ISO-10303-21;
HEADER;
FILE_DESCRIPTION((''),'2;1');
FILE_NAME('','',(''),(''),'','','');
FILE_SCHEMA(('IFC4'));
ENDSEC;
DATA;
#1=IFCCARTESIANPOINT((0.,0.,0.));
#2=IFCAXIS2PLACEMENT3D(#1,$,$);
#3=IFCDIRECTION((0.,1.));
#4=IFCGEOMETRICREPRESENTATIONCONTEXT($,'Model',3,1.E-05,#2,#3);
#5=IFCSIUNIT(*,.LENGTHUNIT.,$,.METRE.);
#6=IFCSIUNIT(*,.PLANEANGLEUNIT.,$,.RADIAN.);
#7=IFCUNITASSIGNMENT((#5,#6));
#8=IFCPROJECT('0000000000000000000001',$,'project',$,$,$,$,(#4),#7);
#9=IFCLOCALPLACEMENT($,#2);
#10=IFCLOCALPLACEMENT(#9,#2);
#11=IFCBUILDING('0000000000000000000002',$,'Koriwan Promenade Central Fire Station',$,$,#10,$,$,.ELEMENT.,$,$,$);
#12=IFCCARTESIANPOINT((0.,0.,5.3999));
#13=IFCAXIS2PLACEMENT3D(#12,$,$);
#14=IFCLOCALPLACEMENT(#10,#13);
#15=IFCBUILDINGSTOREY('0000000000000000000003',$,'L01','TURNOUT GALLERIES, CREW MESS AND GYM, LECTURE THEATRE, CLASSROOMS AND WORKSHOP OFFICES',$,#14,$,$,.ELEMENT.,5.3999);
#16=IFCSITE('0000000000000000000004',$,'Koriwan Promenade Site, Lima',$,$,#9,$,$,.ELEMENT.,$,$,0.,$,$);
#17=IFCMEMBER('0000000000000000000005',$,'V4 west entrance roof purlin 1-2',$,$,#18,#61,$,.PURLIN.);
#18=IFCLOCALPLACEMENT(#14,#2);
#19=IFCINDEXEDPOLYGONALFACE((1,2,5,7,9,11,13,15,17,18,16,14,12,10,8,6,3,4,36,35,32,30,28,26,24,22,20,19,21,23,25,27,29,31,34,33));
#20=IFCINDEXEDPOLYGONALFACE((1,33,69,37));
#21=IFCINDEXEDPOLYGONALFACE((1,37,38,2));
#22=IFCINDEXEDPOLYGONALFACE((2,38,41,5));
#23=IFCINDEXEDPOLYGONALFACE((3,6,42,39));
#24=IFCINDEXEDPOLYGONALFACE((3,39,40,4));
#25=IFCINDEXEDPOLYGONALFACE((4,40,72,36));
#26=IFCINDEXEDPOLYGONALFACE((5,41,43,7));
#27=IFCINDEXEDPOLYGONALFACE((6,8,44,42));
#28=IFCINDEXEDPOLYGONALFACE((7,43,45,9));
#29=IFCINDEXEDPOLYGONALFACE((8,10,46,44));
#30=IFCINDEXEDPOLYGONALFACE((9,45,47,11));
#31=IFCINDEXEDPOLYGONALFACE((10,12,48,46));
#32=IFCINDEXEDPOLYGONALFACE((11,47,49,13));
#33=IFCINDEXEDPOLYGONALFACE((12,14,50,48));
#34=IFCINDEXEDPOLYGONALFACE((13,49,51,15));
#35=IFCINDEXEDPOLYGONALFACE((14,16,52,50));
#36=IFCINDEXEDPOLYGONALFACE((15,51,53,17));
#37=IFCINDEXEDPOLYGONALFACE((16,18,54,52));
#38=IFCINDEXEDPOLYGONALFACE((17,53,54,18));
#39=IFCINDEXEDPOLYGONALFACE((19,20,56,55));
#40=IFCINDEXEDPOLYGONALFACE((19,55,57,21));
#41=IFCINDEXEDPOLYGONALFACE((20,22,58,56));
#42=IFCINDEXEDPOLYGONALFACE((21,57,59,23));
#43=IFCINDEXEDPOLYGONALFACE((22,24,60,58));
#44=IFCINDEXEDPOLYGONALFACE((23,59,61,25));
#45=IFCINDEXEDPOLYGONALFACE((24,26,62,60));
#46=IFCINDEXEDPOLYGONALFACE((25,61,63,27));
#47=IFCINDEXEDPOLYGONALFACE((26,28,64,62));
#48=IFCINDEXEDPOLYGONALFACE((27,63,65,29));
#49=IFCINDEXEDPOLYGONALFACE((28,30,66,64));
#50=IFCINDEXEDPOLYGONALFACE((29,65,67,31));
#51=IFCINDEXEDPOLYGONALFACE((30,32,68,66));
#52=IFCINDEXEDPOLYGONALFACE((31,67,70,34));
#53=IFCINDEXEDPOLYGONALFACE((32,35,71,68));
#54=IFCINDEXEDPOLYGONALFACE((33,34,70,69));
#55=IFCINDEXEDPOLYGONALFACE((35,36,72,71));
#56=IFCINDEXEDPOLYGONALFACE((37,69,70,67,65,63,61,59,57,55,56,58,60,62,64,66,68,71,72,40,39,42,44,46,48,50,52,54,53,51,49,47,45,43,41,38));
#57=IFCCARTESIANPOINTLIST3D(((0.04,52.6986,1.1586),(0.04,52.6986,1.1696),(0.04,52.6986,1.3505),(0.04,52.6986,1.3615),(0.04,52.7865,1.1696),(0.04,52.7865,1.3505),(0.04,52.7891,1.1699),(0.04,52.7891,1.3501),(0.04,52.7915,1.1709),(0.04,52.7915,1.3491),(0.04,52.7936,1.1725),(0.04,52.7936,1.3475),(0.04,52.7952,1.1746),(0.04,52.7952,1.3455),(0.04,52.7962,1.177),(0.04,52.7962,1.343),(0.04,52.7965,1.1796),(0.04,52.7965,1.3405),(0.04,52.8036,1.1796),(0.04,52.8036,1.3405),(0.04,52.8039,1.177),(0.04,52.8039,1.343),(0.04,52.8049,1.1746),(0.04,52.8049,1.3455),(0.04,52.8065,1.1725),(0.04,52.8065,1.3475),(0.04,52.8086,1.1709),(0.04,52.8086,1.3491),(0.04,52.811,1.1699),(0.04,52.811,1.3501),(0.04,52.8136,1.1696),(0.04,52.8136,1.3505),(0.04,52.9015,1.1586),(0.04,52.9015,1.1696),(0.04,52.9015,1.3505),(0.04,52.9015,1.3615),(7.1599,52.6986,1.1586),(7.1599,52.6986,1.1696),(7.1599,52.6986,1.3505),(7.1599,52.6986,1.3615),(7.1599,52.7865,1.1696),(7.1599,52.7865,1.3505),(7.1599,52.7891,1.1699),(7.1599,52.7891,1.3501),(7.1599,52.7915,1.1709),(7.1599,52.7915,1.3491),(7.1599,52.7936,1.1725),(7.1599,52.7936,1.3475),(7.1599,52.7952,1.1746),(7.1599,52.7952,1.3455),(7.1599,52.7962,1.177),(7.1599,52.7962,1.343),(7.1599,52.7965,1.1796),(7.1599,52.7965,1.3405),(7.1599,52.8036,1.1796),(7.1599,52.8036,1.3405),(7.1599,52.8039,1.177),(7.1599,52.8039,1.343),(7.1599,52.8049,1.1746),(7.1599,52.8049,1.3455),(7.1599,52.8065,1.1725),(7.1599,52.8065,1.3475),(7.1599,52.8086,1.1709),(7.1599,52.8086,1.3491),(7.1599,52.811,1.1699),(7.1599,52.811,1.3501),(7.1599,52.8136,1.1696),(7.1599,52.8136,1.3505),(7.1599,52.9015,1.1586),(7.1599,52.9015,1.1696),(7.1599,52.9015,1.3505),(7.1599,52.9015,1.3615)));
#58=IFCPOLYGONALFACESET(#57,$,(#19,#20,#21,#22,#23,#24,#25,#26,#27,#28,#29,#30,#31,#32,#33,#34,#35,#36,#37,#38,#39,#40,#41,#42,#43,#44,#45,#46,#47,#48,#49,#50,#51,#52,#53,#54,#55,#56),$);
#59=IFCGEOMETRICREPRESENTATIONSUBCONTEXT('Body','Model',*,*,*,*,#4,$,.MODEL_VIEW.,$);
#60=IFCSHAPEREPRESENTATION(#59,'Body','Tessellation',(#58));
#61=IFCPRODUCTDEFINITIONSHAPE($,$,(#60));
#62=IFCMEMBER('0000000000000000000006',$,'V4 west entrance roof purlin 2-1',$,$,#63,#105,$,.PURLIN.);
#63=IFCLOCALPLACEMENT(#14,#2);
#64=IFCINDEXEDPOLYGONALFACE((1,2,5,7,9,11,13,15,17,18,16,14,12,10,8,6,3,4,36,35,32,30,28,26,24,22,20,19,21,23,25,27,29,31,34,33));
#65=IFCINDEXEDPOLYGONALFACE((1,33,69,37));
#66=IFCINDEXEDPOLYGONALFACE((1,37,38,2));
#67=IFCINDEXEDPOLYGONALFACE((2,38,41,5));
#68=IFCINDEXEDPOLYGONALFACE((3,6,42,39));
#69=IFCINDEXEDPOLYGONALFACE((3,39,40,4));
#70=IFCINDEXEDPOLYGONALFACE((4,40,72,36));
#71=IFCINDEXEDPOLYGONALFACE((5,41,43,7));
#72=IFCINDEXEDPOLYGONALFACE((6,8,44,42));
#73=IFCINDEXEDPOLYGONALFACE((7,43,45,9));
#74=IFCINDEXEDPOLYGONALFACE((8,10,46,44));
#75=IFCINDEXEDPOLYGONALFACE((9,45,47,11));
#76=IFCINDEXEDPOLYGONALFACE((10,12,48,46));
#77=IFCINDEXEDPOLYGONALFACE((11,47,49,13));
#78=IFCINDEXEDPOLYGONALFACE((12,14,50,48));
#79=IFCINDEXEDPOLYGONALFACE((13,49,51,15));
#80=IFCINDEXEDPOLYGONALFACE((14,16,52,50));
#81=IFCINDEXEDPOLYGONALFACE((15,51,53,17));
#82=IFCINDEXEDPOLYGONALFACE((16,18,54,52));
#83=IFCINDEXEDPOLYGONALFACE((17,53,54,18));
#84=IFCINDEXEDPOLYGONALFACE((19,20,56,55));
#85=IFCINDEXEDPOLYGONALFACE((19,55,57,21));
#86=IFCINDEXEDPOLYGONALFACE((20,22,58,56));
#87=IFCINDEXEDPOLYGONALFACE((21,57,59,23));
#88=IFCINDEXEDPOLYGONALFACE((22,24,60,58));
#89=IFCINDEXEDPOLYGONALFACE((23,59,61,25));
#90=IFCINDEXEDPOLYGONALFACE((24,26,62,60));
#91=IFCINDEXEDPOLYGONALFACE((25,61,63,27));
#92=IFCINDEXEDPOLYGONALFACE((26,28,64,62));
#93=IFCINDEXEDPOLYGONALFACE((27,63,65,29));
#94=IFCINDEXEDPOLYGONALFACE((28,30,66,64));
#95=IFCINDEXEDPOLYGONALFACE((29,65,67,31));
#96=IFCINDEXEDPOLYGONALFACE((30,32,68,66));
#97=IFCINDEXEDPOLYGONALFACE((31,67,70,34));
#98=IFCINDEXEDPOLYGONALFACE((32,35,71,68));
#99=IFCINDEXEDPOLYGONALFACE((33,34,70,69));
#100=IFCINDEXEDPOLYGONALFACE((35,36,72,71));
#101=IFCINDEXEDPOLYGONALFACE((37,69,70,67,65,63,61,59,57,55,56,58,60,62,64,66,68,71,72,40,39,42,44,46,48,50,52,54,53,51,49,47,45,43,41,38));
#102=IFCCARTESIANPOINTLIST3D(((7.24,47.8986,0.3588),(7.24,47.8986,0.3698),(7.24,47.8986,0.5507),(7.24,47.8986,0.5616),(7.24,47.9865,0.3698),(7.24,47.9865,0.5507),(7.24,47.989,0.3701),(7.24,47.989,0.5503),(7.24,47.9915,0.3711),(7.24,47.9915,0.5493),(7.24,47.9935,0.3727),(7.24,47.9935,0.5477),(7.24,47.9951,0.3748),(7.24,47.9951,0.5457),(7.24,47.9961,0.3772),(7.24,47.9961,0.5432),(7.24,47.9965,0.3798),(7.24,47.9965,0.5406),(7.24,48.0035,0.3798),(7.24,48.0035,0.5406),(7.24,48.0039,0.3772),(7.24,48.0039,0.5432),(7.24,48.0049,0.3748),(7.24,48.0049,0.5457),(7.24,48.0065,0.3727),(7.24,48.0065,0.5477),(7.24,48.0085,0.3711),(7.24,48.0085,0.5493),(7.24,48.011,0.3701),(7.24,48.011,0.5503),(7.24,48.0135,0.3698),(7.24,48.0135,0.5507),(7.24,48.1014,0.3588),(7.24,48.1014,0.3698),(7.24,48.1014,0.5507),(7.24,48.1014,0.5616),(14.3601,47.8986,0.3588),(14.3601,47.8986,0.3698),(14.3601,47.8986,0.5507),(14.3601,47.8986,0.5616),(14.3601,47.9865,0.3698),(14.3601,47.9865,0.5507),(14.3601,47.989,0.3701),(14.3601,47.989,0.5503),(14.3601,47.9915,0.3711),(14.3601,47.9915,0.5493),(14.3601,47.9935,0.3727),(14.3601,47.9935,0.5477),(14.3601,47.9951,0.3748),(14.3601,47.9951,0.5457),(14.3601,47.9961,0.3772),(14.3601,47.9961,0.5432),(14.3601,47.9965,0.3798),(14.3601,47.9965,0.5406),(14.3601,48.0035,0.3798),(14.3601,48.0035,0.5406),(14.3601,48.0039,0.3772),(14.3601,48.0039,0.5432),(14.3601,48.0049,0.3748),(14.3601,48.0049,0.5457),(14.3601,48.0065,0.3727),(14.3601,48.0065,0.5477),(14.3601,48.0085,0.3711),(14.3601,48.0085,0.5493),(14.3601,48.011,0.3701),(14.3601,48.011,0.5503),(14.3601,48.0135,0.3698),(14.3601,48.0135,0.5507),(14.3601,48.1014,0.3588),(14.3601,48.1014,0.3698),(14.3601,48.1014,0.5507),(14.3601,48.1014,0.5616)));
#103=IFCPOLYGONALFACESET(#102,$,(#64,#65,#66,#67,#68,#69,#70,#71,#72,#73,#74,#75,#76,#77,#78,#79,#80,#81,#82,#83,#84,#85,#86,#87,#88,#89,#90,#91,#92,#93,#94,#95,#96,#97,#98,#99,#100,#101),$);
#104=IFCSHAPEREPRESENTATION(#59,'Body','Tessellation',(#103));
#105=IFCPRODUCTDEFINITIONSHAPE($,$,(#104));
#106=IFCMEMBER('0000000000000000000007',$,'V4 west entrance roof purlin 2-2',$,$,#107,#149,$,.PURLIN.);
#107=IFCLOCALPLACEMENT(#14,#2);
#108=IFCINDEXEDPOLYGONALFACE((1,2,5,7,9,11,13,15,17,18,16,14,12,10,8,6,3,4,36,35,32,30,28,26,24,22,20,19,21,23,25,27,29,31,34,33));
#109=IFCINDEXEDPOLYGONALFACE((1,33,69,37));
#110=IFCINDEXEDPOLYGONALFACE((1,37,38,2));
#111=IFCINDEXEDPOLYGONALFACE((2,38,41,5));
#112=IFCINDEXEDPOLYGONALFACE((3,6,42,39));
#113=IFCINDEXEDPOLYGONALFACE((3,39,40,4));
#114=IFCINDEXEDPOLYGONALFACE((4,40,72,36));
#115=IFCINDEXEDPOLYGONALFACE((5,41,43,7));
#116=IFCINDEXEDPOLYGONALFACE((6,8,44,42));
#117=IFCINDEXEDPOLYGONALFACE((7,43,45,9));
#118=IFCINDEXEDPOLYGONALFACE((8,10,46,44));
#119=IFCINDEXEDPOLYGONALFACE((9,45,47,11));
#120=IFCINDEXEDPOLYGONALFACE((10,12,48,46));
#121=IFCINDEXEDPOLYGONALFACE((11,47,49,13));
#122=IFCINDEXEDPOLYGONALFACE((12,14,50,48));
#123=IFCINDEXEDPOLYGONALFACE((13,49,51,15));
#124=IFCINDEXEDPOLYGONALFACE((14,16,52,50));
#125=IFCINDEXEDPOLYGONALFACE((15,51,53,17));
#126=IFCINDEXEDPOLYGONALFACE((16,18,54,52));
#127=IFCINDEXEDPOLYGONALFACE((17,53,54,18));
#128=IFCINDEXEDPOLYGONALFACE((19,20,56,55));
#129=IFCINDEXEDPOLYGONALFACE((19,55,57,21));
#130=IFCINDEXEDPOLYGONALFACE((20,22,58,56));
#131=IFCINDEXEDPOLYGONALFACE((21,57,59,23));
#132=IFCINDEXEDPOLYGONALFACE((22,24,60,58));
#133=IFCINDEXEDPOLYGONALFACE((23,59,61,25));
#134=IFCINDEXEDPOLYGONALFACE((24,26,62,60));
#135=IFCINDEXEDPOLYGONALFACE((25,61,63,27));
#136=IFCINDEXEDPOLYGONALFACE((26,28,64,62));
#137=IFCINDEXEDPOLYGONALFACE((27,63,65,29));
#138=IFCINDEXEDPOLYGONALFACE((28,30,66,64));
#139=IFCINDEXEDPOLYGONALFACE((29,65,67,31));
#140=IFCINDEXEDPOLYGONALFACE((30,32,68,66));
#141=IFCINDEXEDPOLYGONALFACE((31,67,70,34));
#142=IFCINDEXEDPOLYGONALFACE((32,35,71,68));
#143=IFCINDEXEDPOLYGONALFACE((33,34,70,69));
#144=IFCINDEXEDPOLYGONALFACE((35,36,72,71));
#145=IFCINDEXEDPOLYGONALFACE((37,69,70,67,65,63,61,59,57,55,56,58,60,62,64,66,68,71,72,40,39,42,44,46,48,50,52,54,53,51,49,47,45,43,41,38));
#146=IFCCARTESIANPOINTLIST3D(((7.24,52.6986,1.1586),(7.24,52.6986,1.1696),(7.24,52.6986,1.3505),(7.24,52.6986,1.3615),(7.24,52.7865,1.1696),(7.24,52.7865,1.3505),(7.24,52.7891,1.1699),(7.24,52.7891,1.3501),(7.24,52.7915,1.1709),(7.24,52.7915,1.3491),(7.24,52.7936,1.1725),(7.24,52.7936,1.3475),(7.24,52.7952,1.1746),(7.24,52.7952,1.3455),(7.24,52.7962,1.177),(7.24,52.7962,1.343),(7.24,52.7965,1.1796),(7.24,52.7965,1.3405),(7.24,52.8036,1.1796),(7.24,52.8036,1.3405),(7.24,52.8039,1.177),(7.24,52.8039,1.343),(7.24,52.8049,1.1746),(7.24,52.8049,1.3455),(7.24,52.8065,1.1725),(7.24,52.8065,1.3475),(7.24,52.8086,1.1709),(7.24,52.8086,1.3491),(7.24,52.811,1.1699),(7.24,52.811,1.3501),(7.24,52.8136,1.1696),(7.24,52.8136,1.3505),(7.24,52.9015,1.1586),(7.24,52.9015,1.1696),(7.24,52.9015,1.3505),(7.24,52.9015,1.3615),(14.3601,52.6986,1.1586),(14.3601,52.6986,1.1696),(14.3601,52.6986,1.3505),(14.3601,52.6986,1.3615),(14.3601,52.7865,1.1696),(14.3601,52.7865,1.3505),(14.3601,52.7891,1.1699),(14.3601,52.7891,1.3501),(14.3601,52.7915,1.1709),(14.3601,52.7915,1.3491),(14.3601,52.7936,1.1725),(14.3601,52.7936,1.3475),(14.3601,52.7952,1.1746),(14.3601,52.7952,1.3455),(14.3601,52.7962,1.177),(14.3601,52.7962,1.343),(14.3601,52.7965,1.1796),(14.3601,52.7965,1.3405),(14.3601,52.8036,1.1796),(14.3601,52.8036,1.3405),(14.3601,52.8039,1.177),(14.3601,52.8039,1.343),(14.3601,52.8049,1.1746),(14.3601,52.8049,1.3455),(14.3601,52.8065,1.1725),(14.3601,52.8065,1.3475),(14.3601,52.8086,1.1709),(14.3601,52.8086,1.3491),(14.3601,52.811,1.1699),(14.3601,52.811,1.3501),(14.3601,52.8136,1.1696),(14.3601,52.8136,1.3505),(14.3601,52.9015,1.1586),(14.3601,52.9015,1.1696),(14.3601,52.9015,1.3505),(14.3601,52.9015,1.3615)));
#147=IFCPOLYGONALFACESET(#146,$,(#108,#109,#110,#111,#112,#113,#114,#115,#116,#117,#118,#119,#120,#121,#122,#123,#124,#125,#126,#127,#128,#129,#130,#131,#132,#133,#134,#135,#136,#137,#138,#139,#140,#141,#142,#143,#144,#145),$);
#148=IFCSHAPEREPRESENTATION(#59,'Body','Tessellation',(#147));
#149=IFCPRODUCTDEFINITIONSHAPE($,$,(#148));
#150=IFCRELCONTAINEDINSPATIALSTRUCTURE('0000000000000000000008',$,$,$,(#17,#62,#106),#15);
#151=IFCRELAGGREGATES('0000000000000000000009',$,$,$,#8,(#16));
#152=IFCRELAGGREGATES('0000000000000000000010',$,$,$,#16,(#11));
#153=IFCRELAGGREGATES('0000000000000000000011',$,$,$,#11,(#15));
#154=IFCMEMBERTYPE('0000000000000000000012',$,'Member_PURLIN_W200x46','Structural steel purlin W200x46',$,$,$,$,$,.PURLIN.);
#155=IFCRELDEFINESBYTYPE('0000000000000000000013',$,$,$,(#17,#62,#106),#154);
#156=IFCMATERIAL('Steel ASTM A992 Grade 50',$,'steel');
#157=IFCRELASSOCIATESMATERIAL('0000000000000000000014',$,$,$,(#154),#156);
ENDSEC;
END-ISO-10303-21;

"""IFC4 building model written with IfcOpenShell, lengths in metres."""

from ifc_helpers import new_model, si_unit, direction, frame, origin, origin_2d, place, context, subcontext, project, spatial, i_section, extrude, material, material_profile, profile_set, type_object, element, save


model = new_model("IFC4")

# Units and contexts
model_context = context("Model", 3, precision=1e-05, world=origin(), true_north=direction((0.0, 1.0)))
body_context = subcontext(model_context, "Body", "Model", "MODEL_VIEW")
ifc_project = project(units=[si_unit("LENGTHUNIT", "METRE"), si_unit("PLANEANGLEUNIT", "RADIAN")], contexts=[model_context])

# Site, building, storey
site_placement = place(None, origin())
site = spatial("IfcSite", under=ifc_project, at=site_placement, Name="Koriwan Promenade Site, Lima", CompositionType="ELEMENT", RefElevation=0.0)
building_placement = place(site_placement, origin())
building = spatial("IfcBuilding", under=site, at=building_placement, Name="Koriwan Promenade Central Fire Station", CompositionType="ELEMENT")
storey_placement = place(building_placement, frame((0.0, 0.0, 5.3999)))
storey = spatial("IfcBuildingStorey", under=building, at=storey_placement, Name="L01", Description="TURNOUT GALLERIES, CREW MESS AND GYM, LECTURE THEATRE, CLASSROOMS AND WORKSHOP OFFICES", CompositionType="ELEMENT", Elevation=5.3999)

# Members
ifc_material_1 = material(Name="Steel ASTM A992 Grade 50", Category="steel")
ifc_material_profile_1 = material_profile(ifc_material_1, i_section(OverallWidth=0.2029, OverallDepth=0.2029, WebThickness=0.0071, FlangeThickness=0.011, FilletRadius=0.01, at=origin_2d()), Name="W200x46")
ifc_profile_set_1 = profile_set([ifc_material_profile_1], Name="Steel ASTM A992 Grade 50")
member_type_1 = type_object("IfcMemberType", Name="Member_PURLIN_W200x46", Description="Structural steel purlin W200x46", PredefinedType="PURLIN", material=ifc_profile_set_1)
for number, where, z_axis, x_axis, name in (
    (1, (0.04, 52.8, 1.26), (1.0, 0.0, 0.0), (0.0, 1.0, 0.0), "V4 west entrance roof purlin 1-2"),
):
    element("IfcMember", number, at=place(storey_placement, frame(where, z_axis=z_axis, x_axis=x_axis)), inside=storey, type_object=member_type_1, Name=name, PredefinedType="PURLIN", context=body_context, shape_type="SweptSolid", body=[
        extrude(i_section(OverallWidth=0.2029, OverallDepth=0.2029, WebThickness=0.0071, FlangeThickness=0.011, FilletRadius=0.01, at=origin_2d()), origin(), (0.0, 0.0, 1.0), 7.1199),
    ])
for number, where, z_axis, x_axis, name in (
    (2, (7.24, 48.0, 0.4602), (1.0, 0.0, 0.0), (0.0, 1.0, 0.0), "V4 west entrance roof purlin 2-1"),
    (3, (7.24, 52.8, 1.26), (1.0, 0.0, 0.0), (0.0, 1.0, 0.0), "V4 west entrance roof purlin 2-2"),
):
    element("IfcMember", number, at=place(storey_placement, frame(where, z_axis=z_axis, x_axis=x_axis)), inside=storey, type_object=member_type_1, Name=name, PredefinedType="PURLIN", context=body_context, shape_type="SweptSolid", body=[
        extrude(i_section(OverallWidth=0.2029, OverallDepth=0.2029, WebThickness=0.0071, FlangeThickness=0.011, FilletRadius=0.01, at=origin_2d()), origin(), (0.0, 0.0, 1.0), 7.1201),
    ])

save(model, "model.ifc")
